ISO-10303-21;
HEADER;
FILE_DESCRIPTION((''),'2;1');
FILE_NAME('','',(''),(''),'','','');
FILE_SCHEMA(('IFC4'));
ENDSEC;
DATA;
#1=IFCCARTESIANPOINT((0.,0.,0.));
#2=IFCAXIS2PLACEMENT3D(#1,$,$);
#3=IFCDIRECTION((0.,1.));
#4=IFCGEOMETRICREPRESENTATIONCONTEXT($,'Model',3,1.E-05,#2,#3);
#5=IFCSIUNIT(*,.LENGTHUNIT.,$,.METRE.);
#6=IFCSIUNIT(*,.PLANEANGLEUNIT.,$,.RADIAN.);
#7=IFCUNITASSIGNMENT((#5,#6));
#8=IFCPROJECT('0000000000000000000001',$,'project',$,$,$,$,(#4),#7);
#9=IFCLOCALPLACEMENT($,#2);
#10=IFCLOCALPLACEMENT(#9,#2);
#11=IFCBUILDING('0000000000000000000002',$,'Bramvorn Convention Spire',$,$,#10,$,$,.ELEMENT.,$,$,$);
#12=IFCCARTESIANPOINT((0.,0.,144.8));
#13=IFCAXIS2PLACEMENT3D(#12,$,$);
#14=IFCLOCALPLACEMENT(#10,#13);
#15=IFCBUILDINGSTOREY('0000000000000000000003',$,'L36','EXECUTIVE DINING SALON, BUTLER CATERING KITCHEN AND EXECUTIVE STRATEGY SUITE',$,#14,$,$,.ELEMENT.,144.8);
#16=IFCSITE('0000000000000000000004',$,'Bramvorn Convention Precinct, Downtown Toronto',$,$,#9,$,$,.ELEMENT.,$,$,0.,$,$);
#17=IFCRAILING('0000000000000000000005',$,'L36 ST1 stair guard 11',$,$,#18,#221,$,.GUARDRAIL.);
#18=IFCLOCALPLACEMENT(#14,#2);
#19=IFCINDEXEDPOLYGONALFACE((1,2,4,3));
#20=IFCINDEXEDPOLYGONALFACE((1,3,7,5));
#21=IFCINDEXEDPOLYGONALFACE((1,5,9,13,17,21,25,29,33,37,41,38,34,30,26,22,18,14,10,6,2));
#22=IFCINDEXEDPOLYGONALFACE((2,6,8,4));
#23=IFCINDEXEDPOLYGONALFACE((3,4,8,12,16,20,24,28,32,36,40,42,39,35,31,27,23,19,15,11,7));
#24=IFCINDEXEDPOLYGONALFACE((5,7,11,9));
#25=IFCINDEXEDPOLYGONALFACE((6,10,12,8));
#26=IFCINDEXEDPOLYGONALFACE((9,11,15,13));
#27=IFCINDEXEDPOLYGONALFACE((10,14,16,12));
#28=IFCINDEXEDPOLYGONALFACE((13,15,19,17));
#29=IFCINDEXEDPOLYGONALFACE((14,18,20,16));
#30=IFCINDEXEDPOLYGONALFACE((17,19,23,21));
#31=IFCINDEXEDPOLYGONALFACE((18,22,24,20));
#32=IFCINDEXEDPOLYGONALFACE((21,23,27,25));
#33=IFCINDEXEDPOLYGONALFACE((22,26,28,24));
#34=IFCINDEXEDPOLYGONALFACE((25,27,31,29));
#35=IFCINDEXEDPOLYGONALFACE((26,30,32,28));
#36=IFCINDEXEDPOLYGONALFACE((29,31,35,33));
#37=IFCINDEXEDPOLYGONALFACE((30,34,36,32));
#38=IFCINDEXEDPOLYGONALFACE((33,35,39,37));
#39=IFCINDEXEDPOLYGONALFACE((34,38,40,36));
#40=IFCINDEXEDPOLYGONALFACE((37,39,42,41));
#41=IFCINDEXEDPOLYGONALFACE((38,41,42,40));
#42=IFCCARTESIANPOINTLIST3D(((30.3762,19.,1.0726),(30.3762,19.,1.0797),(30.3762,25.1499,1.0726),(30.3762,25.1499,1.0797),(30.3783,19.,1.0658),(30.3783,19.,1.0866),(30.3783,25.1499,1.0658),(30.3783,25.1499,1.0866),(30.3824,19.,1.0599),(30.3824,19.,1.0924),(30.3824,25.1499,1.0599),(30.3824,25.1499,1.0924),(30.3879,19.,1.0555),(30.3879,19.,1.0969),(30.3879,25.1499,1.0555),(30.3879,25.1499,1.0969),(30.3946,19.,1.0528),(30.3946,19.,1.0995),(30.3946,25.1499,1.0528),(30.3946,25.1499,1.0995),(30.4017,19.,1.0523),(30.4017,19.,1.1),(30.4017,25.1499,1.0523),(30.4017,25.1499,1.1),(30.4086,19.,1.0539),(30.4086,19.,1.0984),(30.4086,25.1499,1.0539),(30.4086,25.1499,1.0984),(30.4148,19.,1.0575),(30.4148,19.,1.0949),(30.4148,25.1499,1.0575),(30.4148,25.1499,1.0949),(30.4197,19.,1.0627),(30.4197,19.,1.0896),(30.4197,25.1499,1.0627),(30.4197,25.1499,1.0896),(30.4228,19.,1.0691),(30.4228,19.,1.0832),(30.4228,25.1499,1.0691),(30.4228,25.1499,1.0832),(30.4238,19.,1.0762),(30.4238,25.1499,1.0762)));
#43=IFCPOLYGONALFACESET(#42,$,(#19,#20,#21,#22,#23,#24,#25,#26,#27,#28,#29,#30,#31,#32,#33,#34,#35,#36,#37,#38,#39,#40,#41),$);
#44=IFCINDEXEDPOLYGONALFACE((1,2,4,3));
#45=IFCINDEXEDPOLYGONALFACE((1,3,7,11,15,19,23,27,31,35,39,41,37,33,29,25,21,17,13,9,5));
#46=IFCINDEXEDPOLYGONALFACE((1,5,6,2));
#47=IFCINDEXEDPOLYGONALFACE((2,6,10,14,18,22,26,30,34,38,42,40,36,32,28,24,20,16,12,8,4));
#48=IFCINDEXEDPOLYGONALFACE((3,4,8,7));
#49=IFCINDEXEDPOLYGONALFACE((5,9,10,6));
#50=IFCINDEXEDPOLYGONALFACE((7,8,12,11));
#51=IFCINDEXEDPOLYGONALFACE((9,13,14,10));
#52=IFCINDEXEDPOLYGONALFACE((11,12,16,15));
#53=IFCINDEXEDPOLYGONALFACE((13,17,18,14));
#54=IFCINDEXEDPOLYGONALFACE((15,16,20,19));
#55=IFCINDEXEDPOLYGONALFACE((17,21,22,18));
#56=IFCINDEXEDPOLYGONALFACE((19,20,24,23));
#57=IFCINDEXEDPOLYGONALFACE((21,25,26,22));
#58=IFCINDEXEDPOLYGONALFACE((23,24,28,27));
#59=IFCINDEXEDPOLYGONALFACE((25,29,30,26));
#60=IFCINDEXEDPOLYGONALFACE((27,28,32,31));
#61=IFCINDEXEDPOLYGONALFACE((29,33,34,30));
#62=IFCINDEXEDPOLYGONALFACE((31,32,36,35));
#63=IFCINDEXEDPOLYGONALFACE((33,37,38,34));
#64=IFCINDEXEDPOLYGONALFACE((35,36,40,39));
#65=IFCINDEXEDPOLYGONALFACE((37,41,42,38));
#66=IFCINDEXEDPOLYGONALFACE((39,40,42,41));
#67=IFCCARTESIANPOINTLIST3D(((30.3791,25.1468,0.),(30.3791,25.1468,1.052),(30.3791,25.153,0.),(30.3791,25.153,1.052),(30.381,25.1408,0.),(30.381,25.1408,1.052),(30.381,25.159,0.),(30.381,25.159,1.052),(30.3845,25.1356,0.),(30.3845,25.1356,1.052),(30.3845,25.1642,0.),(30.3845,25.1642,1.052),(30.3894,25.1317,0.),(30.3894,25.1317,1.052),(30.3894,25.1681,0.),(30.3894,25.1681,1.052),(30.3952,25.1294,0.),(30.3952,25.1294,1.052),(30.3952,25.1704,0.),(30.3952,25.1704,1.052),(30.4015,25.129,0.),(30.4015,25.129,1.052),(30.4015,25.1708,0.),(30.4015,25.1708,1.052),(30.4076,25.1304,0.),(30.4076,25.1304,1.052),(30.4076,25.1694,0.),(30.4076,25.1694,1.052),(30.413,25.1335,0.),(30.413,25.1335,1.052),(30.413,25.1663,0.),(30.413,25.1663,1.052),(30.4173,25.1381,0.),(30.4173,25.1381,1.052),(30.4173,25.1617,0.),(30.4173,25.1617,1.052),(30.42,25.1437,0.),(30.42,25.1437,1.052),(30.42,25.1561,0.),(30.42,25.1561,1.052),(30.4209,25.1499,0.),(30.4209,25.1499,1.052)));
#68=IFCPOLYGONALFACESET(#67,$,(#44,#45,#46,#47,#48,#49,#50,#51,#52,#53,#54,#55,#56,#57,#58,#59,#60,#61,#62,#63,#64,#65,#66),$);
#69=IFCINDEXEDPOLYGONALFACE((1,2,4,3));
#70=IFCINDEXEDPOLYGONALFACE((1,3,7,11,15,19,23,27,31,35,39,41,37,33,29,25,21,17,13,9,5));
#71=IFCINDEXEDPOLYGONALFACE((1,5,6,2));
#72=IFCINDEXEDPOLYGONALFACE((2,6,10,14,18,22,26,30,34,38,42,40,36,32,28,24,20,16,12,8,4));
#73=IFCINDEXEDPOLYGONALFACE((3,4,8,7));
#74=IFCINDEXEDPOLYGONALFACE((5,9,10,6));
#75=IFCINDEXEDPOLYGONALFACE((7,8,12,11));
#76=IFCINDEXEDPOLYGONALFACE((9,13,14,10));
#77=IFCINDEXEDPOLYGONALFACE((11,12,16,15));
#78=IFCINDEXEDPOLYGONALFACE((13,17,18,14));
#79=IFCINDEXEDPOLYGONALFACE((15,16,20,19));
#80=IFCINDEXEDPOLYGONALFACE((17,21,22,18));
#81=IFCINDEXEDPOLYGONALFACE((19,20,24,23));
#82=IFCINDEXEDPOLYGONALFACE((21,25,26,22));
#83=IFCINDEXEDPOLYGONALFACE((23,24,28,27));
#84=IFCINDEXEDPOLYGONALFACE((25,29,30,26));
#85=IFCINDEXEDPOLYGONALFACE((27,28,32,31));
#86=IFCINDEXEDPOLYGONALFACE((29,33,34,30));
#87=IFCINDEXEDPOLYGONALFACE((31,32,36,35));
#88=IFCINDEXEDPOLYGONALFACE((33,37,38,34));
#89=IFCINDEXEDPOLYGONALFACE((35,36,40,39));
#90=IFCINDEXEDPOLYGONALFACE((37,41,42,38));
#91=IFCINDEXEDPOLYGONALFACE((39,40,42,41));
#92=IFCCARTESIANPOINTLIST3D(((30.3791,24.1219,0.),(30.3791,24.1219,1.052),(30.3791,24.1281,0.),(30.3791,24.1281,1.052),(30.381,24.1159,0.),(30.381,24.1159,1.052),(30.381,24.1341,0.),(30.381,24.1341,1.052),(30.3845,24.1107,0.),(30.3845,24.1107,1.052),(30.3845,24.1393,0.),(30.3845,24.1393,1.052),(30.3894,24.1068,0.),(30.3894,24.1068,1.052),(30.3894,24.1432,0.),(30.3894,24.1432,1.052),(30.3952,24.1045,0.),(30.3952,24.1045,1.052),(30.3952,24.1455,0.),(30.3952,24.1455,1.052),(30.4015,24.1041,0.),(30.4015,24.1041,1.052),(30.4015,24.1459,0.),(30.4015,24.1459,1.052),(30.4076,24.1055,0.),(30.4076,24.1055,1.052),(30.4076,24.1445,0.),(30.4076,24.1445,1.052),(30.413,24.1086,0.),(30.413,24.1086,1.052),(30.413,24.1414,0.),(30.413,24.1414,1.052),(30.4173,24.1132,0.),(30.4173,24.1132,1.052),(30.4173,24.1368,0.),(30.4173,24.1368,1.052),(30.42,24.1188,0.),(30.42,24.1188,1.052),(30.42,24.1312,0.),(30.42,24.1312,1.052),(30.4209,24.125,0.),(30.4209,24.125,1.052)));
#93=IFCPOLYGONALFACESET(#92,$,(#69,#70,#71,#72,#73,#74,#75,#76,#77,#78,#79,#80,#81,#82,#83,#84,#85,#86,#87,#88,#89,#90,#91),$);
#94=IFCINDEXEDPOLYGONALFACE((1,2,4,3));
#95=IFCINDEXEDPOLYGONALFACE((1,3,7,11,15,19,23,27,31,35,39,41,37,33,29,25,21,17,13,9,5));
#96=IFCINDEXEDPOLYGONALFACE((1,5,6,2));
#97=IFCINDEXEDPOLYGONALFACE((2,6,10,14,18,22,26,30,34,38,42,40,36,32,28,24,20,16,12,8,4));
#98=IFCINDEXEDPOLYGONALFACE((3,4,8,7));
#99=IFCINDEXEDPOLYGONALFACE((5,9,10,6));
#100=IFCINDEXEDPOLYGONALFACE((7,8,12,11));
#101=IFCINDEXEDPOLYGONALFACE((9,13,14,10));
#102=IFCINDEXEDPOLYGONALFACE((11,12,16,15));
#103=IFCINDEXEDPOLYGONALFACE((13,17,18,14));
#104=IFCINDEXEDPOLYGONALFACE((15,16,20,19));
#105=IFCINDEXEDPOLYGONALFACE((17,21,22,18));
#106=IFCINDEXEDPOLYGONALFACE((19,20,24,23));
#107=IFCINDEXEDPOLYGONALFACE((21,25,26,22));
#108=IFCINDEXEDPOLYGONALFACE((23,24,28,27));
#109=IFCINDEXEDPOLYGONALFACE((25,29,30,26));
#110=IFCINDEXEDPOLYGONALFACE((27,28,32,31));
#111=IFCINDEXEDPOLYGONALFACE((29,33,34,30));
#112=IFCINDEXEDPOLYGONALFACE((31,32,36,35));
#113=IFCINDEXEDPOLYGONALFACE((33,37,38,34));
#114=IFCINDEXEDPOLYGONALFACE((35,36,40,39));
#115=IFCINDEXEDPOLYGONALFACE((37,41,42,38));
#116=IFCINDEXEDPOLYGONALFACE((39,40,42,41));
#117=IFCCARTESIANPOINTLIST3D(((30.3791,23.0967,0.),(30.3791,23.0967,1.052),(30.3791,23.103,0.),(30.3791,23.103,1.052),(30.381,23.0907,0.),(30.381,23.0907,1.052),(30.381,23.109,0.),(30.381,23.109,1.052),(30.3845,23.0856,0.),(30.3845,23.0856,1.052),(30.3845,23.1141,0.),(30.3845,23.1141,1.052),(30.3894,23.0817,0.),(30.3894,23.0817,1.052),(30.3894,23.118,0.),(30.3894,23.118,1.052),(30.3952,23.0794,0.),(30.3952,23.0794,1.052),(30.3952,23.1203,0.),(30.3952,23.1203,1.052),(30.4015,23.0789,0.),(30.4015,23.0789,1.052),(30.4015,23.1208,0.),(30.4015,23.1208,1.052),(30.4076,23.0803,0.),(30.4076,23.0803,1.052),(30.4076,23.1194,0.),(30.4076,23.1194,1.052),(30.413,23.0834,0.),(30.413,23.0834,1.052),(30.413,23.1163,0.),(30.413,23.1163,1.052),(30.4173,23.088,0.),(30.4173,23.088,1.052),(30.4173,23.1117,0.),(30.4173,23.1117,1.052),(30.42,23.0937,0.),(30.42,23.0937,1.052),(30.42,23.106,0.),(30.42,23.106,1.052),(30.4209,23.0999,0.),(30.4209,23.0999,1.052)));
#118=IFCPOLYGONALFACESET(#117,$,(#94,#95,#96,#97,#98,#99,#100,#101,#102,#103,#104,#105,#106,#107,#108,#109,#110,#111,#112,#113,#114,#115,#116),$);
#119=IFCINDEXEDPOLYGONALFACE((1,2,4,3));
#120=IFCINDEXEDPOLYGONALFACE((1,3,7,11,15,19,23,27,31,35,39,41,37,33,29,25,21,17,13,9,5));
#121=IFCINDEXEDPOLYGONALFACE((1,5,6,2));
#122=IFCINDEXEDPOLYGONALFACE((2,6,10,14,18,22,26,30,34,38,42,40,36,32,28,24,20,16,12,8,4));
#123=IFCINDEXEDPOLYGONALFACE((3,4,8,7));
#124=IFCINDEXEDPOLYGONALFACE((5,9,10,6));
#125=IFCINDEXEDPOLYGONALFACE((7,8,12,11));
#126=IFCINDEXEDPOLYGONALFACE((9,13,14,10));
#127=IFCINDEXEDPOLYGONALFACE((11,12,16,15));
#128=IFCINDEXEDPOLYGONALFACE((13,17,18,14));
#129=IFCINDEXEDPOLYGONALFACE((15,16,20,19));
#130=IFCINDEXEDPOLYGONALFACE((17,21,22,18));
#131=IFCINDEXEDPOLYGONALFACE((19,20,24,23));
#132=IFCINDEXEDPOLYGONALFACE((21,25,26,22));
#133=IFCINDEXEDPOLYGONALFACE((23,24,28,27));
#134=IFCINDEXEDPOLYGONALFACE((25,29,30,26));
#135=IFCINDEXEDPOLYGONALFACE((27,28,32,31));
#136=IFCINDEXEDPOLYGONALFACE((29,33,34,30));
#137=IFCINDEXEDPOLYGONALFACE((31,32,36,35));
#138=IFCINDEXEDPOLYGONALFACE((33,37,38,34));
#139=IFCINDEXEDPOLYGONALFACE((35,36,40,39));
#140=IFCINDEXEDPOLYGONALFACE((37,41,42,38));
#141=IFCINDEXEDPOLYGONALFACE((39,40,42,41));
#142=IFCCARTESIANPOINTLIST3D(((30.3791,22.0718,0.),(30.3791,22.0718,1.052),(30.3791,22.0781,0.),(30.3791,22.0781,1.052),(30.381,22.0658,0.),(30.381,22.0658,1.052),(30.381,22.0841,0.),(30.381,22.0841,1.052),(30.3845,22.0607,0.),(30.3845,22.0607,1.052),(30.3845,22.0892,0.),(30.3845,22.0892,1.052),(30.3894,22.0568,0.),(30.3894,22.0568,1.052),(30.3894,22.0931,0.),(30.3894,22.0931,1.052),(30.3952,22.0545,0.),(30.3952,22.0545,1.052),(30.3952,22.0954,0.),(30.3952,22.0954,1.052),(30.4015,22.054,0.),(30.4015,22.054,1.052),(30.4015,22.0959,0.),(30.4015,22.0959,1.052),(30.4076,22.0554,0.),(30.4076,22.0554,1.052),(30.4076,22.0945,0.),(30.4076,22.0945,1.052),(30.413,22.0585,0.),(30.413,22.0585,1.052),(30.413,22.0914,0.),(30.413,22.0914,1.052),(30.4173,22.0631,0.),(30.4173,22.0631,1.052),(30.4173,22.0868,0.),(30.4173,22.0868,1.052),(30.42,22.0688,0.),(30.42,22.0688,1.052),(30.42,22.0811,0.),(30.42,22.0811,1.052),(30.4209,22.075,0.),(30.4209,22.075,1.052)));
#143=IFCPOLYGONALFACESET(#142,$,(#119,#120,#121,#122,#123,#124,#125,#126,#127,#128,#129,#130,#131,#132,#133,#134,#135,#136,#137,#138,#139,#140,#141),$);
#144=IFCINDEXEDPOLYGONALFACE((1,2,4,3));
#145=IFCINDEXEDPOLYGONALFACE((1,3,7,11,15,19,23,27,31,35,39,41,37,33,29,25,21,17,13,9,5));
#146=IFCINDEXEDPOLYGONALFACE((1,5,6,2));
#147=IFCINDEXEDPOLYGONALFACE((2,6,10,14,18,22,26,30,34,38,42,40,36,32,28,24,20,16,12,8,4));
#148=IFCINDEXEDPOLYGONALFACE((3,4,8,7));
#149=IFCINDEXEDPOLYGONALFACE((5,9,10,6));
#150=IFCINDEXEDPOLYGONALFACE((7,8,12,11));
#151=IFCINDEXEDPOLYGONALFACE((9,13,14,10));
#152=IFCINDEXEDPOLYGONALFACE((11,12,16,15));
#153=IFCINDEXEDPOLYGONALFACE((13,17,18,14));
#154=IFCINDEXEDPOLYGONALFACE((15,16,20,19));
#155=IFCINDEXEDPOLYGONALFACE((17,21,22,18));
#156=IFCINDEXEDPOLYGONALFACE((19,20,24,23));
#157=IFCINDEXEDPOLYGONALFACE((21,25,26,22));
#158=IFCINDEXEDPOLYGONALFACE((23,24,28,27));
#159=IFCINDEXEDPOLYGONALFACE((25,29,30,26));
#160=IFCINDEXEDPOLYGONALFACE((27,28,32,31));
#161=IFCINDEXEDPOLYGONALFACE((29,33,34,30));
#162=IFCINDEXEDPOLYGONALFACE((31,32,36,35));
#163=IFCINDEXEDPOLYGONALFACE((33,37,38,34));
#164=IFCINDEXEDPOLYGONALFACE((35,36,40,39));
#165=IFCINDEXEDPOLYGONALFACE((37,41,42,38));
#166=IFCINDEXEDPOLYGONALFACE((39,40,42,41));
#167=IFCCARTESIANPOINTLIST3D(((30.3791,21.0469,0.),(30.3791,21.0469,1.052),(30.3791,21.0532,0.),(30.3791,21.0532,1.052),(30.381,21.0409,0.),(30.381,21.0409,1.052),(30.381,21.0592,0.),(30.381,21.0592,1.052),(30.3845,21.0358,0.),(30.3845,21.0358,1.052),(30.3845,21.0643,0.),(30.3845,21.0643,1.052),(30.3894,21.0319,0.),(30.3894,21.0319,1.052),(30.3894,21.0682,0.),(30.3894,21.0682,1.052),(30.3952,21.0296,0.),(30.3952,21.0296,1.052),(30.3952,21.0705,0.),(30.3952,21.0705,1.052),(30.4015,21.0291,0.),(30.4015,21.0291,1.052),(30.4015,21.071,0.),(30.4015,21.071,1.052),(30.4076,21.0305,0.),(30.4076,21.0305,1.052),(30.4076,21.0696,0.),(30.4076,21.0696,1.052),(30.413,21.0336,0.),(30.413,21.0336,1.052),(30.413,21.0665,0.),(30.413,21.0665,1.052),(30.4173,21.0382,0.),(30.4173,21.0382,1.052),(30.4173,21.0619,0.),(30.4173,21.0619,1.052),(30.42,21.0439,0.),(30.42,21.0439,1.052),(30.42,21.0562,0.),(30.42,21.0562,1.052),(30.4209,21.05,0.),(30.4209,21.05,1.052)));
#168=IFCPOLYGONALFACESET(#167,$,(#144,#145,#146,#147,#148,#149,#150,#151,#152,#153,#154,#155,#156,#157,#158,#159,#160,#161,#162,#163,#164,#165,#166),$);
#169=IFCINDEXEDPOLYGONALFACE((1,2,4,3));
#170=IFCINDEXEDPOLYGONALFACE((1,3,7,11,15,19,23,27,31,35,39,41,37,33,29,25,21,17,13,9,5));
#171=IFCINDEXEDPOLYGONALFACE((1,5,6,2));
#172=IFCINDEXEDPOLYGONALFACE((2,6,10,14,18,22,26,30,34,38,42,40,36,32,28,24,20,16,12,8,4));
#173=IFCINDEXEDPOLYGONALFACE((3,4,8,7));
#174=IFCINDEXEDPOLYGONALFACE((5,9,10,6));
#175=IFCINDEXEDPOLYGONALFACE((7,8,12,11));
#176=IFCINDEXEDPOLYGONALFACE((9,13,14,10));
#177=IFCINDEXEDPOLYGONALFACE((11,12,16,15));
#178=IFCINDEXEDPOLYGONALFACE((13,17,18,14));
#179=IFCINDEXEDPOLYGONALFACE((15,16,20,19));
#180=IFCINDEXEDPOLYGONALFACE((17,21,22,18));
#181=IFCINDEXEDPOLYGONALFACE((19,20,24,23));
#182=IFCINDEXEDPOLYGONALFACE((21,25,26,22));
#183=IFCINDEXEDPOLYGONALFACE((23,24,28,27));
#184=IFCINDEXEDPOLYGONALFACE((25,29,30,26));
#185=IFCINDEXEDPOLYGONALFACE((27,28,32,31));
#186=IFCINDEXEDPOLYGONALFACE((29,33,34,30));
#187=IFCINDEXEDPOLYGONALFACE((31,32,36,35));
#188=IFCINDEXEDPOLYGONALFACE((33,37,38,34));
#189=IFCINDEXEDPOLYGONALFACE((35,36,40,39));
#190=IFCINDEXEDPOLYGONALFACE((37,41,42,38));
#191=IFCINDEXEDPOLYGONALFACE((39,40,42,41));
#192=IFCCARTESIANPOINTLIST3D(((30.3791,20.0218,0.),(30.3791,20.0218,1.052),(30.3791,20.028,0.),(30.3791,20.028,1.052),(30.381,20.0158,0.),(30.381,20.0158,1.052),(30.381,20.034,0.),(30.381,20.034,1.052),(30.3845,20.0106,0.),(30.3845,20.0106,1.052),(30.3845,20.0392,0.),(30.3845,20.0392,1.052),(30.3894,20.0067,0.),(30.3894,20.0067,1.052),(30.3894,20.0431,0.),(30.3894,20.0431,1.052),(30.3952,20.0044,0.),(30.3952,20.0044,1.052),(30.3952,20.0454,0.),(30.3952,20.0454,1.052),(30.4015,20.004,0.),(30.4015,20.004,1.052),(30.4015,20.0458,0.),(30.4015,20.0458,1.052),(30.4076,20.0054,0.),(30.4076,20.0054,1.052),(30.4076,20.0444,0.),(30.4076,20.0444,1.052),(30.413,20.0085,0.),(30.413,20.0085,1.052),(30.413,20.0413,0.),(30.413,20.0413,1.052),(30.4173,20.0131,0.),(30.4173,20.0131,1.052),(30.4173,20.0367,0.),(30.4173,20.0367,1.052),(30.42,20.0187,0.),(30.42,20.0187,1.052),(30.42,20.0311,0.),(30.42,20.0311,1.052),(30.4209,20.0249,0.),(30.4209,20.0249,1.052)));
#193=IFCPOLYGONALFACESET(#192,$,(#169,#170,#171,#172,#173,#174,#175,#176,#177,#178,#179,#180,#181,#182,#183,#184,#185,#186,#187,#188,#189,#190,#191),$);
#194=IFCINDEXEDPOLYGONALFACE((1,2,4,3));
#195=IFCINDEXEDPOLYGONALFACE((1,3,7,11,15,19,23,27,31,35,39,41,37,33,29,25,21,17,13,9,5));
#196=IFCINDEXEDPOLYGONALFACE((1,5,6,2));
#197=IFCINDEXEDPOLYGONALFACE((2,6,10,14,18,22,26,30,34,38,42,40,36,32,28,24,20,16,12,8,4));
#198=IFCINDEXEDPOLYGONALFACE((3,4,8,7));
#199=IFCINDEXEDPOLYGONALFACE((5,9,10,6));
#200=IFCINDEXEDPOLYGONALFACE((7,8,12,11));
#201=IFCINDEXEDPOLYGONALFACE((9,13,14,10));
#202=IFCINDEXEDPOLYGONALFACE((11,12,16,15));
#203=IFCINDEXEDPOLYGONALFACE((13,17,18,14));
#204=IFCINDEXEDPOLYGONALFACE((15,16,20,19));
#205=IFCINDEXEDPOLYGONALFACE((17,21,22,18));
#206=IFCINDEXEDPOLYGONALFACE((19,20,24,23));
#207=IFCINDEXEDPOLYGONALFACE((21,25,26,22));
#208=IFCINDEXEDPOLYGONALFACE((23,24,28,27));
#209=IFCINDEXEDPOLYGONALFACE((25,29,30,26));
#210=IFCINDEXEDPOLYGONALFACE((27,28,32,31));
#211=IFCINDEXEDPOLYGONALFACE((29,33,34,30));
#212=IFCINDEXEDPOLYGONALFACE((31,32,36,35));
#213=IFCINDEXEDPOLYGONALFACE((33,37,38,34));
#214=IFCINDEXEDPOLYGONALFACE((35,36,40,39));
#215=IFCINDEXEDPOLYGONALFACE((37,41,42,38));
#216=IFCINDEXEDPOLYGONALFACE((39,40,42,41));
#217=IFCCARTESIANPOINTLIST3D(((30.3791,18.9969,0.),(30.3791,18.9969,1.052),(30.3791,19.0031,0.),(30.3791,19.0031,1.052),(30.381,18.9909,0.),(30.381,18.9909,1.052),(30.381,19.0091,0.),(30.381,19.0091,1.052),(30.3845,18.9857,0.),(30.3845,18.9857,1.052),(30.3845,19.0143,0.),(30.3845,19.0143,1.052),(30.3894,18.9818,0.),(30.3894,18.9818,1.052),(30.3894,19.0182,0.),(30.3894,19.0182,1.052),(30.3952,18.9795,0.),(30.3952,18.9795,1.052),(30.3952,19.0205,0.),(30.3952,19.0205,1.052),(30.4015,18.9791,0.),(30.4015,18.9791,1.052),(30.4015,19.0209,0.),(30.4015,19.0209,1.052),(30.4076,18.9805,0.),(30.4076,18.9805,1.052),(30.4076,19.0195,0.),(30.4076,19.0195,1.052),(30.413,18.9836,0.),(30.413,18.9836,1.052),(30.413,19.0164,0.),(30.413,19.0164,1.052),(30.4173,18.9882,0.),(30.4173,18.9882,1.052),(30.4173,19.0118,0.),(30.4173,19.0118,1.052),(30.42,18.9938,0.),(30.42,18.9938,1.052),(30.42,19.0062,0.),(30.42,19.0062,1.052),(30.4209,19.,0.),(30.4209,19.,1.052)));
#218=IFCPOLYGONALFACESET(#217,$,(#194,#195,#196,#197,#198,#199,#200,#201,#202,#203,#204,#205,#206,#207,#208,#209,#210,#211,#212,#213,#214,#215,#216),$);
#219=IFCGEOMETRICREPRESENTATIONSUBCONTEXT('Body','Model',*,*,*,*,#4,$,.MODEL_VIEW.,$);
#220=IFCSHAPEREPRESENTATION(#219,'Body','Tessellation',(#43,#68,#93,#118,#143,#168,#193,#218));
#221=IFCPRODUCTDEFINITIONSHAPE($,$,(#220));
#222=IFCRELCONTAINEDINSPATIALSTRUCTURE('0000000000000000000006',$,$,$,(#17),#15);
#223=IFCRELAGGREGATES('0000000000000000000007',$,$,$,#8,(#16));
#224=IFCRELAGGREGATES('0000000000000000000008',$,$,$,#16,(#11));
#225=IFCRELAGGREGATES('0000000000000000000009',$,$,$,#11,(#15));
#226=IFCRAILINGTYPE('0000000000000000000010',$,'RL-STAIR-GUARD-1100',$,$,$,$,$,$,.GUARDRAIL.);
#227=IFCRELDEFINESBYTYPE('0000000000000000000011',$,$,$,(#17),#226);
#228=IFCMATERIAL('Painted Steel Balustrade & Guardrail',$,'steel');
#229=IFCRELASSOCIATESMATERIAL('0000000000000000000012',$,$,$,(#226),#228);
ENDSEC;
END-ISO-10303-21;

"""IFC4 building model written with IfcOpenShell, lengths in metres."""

from ifc_helpers import new_model, si_unit, direction, frame, origin, origin_2d, place, context, subcontext, project, spatial, circle, extrude, material, type_object, element, save


model = new_model("IFC4")

# Units and contexts
model_context = context("Model", 3, precision=1e-05, world=origin(), true_north=direction((0.0, 1.0)))
body_context = subcontext(model_context, "Body", "Model", "MODEL_VIEW")
ifc_project = project(units=[si_unit("LENGTHUNIT", "METRE"), si_unit("PLANEANGLEUNIT", "RADIAN")], contexts=[model_context])

# Site, building, storey
site_placement = place(None, origin())
site = spatial("IfcSite", under=ifc_project, at=site_placement, Name="Bramvorn Convention Precinct, Downtown Toronto", CompositionType="ELEMENT", RefElevation=0.0)
building_placement = place(site_placement, origin())
building = spatial("IfcBuilding", under=site, at=building_placement, Name="Bramvorn Convention Spire", CompositionType="ELEMENT")
storey_placement = place(building_placement, frame((0.0, 0.0, 144.8)))
storey = spatial("IfcBuildingStorey", under=building, at=storey_placement, Name="L36", Description="EXECUTIVE DINING SALON, BUTLER CATERING KITCHEN AND EXECUTIVE STRATEGY SUITE", CompositionType="ELEMENT", Elevation=144.8)

# Railing
ifc_material_1 = material(Name="Painted Steel Balustrade & Guardrail", Category="steel")
railing_type_1 = type_object("IfcRailingType", Name="RL-STAIR-GUARD-1100", PredefinedType="GUARDRAIL", material=ifc_material_1)
railing_1_placement = place(storey_placement, frame((30.3999, 25.1499, 0.0)))
element("IfcRailing", 1, at=railing_1_placement, inside=storey, type_object=railing_type_1, Name="L36 ST1 stair guard 11", PredefinedType="GUARDRAIL", context=body_context, shape_type="SweptSolid", body=[
    extrude(circle(Radius=0.0239, at=origin_2d()), frame((0.0, 0.0, 1.0762), z_axis=(0.0, -1.0, 0.0), x_axis=(1.0, 0.0, 0.0)), (0.0, 0.0, 1.0), 6.1499),
    extrude(circle(Radius=0.021, at=origin_2d()), origin(), (0.0, 0.0, 1.0), 1.052),
    extrude(circle(Radius=0.021, at=origin_2d()), frame((0.0, -1.0249, 0.0)), (0.0, 0.0, 1.0), 1.052),
    extrude(circle(Radius=0.021, at=origin_2d()), frame((0.0, -2.05, 0.0)), (0.0, 0.0, 1.0), 1.052),
    extrude(circle(Radius=0.021, at=origin_2d()), frame((0.0, -3.075, 0.0)), (0.0, 0.0, 1.0), 1.052),
    extrude(circle(Radius=0.021, at=origin_2d()), frame((0.0, -4.0999, 0.0)), (0.0, 0.0, 1.0), 1.052),
    extrude(circle(Radius=0.021, at=origin_2d()), frame((0.0, -5.125, 0.0)), (0.0, 0.0, 1.0), 1.052),
    extrude(circle(Radius=0.021, at=origin_2d()), frame((0.0, -6.1499, 0.0)), (0.0, 0.0, 1.0), 1.052),
])

save(model, "model.ifc")
